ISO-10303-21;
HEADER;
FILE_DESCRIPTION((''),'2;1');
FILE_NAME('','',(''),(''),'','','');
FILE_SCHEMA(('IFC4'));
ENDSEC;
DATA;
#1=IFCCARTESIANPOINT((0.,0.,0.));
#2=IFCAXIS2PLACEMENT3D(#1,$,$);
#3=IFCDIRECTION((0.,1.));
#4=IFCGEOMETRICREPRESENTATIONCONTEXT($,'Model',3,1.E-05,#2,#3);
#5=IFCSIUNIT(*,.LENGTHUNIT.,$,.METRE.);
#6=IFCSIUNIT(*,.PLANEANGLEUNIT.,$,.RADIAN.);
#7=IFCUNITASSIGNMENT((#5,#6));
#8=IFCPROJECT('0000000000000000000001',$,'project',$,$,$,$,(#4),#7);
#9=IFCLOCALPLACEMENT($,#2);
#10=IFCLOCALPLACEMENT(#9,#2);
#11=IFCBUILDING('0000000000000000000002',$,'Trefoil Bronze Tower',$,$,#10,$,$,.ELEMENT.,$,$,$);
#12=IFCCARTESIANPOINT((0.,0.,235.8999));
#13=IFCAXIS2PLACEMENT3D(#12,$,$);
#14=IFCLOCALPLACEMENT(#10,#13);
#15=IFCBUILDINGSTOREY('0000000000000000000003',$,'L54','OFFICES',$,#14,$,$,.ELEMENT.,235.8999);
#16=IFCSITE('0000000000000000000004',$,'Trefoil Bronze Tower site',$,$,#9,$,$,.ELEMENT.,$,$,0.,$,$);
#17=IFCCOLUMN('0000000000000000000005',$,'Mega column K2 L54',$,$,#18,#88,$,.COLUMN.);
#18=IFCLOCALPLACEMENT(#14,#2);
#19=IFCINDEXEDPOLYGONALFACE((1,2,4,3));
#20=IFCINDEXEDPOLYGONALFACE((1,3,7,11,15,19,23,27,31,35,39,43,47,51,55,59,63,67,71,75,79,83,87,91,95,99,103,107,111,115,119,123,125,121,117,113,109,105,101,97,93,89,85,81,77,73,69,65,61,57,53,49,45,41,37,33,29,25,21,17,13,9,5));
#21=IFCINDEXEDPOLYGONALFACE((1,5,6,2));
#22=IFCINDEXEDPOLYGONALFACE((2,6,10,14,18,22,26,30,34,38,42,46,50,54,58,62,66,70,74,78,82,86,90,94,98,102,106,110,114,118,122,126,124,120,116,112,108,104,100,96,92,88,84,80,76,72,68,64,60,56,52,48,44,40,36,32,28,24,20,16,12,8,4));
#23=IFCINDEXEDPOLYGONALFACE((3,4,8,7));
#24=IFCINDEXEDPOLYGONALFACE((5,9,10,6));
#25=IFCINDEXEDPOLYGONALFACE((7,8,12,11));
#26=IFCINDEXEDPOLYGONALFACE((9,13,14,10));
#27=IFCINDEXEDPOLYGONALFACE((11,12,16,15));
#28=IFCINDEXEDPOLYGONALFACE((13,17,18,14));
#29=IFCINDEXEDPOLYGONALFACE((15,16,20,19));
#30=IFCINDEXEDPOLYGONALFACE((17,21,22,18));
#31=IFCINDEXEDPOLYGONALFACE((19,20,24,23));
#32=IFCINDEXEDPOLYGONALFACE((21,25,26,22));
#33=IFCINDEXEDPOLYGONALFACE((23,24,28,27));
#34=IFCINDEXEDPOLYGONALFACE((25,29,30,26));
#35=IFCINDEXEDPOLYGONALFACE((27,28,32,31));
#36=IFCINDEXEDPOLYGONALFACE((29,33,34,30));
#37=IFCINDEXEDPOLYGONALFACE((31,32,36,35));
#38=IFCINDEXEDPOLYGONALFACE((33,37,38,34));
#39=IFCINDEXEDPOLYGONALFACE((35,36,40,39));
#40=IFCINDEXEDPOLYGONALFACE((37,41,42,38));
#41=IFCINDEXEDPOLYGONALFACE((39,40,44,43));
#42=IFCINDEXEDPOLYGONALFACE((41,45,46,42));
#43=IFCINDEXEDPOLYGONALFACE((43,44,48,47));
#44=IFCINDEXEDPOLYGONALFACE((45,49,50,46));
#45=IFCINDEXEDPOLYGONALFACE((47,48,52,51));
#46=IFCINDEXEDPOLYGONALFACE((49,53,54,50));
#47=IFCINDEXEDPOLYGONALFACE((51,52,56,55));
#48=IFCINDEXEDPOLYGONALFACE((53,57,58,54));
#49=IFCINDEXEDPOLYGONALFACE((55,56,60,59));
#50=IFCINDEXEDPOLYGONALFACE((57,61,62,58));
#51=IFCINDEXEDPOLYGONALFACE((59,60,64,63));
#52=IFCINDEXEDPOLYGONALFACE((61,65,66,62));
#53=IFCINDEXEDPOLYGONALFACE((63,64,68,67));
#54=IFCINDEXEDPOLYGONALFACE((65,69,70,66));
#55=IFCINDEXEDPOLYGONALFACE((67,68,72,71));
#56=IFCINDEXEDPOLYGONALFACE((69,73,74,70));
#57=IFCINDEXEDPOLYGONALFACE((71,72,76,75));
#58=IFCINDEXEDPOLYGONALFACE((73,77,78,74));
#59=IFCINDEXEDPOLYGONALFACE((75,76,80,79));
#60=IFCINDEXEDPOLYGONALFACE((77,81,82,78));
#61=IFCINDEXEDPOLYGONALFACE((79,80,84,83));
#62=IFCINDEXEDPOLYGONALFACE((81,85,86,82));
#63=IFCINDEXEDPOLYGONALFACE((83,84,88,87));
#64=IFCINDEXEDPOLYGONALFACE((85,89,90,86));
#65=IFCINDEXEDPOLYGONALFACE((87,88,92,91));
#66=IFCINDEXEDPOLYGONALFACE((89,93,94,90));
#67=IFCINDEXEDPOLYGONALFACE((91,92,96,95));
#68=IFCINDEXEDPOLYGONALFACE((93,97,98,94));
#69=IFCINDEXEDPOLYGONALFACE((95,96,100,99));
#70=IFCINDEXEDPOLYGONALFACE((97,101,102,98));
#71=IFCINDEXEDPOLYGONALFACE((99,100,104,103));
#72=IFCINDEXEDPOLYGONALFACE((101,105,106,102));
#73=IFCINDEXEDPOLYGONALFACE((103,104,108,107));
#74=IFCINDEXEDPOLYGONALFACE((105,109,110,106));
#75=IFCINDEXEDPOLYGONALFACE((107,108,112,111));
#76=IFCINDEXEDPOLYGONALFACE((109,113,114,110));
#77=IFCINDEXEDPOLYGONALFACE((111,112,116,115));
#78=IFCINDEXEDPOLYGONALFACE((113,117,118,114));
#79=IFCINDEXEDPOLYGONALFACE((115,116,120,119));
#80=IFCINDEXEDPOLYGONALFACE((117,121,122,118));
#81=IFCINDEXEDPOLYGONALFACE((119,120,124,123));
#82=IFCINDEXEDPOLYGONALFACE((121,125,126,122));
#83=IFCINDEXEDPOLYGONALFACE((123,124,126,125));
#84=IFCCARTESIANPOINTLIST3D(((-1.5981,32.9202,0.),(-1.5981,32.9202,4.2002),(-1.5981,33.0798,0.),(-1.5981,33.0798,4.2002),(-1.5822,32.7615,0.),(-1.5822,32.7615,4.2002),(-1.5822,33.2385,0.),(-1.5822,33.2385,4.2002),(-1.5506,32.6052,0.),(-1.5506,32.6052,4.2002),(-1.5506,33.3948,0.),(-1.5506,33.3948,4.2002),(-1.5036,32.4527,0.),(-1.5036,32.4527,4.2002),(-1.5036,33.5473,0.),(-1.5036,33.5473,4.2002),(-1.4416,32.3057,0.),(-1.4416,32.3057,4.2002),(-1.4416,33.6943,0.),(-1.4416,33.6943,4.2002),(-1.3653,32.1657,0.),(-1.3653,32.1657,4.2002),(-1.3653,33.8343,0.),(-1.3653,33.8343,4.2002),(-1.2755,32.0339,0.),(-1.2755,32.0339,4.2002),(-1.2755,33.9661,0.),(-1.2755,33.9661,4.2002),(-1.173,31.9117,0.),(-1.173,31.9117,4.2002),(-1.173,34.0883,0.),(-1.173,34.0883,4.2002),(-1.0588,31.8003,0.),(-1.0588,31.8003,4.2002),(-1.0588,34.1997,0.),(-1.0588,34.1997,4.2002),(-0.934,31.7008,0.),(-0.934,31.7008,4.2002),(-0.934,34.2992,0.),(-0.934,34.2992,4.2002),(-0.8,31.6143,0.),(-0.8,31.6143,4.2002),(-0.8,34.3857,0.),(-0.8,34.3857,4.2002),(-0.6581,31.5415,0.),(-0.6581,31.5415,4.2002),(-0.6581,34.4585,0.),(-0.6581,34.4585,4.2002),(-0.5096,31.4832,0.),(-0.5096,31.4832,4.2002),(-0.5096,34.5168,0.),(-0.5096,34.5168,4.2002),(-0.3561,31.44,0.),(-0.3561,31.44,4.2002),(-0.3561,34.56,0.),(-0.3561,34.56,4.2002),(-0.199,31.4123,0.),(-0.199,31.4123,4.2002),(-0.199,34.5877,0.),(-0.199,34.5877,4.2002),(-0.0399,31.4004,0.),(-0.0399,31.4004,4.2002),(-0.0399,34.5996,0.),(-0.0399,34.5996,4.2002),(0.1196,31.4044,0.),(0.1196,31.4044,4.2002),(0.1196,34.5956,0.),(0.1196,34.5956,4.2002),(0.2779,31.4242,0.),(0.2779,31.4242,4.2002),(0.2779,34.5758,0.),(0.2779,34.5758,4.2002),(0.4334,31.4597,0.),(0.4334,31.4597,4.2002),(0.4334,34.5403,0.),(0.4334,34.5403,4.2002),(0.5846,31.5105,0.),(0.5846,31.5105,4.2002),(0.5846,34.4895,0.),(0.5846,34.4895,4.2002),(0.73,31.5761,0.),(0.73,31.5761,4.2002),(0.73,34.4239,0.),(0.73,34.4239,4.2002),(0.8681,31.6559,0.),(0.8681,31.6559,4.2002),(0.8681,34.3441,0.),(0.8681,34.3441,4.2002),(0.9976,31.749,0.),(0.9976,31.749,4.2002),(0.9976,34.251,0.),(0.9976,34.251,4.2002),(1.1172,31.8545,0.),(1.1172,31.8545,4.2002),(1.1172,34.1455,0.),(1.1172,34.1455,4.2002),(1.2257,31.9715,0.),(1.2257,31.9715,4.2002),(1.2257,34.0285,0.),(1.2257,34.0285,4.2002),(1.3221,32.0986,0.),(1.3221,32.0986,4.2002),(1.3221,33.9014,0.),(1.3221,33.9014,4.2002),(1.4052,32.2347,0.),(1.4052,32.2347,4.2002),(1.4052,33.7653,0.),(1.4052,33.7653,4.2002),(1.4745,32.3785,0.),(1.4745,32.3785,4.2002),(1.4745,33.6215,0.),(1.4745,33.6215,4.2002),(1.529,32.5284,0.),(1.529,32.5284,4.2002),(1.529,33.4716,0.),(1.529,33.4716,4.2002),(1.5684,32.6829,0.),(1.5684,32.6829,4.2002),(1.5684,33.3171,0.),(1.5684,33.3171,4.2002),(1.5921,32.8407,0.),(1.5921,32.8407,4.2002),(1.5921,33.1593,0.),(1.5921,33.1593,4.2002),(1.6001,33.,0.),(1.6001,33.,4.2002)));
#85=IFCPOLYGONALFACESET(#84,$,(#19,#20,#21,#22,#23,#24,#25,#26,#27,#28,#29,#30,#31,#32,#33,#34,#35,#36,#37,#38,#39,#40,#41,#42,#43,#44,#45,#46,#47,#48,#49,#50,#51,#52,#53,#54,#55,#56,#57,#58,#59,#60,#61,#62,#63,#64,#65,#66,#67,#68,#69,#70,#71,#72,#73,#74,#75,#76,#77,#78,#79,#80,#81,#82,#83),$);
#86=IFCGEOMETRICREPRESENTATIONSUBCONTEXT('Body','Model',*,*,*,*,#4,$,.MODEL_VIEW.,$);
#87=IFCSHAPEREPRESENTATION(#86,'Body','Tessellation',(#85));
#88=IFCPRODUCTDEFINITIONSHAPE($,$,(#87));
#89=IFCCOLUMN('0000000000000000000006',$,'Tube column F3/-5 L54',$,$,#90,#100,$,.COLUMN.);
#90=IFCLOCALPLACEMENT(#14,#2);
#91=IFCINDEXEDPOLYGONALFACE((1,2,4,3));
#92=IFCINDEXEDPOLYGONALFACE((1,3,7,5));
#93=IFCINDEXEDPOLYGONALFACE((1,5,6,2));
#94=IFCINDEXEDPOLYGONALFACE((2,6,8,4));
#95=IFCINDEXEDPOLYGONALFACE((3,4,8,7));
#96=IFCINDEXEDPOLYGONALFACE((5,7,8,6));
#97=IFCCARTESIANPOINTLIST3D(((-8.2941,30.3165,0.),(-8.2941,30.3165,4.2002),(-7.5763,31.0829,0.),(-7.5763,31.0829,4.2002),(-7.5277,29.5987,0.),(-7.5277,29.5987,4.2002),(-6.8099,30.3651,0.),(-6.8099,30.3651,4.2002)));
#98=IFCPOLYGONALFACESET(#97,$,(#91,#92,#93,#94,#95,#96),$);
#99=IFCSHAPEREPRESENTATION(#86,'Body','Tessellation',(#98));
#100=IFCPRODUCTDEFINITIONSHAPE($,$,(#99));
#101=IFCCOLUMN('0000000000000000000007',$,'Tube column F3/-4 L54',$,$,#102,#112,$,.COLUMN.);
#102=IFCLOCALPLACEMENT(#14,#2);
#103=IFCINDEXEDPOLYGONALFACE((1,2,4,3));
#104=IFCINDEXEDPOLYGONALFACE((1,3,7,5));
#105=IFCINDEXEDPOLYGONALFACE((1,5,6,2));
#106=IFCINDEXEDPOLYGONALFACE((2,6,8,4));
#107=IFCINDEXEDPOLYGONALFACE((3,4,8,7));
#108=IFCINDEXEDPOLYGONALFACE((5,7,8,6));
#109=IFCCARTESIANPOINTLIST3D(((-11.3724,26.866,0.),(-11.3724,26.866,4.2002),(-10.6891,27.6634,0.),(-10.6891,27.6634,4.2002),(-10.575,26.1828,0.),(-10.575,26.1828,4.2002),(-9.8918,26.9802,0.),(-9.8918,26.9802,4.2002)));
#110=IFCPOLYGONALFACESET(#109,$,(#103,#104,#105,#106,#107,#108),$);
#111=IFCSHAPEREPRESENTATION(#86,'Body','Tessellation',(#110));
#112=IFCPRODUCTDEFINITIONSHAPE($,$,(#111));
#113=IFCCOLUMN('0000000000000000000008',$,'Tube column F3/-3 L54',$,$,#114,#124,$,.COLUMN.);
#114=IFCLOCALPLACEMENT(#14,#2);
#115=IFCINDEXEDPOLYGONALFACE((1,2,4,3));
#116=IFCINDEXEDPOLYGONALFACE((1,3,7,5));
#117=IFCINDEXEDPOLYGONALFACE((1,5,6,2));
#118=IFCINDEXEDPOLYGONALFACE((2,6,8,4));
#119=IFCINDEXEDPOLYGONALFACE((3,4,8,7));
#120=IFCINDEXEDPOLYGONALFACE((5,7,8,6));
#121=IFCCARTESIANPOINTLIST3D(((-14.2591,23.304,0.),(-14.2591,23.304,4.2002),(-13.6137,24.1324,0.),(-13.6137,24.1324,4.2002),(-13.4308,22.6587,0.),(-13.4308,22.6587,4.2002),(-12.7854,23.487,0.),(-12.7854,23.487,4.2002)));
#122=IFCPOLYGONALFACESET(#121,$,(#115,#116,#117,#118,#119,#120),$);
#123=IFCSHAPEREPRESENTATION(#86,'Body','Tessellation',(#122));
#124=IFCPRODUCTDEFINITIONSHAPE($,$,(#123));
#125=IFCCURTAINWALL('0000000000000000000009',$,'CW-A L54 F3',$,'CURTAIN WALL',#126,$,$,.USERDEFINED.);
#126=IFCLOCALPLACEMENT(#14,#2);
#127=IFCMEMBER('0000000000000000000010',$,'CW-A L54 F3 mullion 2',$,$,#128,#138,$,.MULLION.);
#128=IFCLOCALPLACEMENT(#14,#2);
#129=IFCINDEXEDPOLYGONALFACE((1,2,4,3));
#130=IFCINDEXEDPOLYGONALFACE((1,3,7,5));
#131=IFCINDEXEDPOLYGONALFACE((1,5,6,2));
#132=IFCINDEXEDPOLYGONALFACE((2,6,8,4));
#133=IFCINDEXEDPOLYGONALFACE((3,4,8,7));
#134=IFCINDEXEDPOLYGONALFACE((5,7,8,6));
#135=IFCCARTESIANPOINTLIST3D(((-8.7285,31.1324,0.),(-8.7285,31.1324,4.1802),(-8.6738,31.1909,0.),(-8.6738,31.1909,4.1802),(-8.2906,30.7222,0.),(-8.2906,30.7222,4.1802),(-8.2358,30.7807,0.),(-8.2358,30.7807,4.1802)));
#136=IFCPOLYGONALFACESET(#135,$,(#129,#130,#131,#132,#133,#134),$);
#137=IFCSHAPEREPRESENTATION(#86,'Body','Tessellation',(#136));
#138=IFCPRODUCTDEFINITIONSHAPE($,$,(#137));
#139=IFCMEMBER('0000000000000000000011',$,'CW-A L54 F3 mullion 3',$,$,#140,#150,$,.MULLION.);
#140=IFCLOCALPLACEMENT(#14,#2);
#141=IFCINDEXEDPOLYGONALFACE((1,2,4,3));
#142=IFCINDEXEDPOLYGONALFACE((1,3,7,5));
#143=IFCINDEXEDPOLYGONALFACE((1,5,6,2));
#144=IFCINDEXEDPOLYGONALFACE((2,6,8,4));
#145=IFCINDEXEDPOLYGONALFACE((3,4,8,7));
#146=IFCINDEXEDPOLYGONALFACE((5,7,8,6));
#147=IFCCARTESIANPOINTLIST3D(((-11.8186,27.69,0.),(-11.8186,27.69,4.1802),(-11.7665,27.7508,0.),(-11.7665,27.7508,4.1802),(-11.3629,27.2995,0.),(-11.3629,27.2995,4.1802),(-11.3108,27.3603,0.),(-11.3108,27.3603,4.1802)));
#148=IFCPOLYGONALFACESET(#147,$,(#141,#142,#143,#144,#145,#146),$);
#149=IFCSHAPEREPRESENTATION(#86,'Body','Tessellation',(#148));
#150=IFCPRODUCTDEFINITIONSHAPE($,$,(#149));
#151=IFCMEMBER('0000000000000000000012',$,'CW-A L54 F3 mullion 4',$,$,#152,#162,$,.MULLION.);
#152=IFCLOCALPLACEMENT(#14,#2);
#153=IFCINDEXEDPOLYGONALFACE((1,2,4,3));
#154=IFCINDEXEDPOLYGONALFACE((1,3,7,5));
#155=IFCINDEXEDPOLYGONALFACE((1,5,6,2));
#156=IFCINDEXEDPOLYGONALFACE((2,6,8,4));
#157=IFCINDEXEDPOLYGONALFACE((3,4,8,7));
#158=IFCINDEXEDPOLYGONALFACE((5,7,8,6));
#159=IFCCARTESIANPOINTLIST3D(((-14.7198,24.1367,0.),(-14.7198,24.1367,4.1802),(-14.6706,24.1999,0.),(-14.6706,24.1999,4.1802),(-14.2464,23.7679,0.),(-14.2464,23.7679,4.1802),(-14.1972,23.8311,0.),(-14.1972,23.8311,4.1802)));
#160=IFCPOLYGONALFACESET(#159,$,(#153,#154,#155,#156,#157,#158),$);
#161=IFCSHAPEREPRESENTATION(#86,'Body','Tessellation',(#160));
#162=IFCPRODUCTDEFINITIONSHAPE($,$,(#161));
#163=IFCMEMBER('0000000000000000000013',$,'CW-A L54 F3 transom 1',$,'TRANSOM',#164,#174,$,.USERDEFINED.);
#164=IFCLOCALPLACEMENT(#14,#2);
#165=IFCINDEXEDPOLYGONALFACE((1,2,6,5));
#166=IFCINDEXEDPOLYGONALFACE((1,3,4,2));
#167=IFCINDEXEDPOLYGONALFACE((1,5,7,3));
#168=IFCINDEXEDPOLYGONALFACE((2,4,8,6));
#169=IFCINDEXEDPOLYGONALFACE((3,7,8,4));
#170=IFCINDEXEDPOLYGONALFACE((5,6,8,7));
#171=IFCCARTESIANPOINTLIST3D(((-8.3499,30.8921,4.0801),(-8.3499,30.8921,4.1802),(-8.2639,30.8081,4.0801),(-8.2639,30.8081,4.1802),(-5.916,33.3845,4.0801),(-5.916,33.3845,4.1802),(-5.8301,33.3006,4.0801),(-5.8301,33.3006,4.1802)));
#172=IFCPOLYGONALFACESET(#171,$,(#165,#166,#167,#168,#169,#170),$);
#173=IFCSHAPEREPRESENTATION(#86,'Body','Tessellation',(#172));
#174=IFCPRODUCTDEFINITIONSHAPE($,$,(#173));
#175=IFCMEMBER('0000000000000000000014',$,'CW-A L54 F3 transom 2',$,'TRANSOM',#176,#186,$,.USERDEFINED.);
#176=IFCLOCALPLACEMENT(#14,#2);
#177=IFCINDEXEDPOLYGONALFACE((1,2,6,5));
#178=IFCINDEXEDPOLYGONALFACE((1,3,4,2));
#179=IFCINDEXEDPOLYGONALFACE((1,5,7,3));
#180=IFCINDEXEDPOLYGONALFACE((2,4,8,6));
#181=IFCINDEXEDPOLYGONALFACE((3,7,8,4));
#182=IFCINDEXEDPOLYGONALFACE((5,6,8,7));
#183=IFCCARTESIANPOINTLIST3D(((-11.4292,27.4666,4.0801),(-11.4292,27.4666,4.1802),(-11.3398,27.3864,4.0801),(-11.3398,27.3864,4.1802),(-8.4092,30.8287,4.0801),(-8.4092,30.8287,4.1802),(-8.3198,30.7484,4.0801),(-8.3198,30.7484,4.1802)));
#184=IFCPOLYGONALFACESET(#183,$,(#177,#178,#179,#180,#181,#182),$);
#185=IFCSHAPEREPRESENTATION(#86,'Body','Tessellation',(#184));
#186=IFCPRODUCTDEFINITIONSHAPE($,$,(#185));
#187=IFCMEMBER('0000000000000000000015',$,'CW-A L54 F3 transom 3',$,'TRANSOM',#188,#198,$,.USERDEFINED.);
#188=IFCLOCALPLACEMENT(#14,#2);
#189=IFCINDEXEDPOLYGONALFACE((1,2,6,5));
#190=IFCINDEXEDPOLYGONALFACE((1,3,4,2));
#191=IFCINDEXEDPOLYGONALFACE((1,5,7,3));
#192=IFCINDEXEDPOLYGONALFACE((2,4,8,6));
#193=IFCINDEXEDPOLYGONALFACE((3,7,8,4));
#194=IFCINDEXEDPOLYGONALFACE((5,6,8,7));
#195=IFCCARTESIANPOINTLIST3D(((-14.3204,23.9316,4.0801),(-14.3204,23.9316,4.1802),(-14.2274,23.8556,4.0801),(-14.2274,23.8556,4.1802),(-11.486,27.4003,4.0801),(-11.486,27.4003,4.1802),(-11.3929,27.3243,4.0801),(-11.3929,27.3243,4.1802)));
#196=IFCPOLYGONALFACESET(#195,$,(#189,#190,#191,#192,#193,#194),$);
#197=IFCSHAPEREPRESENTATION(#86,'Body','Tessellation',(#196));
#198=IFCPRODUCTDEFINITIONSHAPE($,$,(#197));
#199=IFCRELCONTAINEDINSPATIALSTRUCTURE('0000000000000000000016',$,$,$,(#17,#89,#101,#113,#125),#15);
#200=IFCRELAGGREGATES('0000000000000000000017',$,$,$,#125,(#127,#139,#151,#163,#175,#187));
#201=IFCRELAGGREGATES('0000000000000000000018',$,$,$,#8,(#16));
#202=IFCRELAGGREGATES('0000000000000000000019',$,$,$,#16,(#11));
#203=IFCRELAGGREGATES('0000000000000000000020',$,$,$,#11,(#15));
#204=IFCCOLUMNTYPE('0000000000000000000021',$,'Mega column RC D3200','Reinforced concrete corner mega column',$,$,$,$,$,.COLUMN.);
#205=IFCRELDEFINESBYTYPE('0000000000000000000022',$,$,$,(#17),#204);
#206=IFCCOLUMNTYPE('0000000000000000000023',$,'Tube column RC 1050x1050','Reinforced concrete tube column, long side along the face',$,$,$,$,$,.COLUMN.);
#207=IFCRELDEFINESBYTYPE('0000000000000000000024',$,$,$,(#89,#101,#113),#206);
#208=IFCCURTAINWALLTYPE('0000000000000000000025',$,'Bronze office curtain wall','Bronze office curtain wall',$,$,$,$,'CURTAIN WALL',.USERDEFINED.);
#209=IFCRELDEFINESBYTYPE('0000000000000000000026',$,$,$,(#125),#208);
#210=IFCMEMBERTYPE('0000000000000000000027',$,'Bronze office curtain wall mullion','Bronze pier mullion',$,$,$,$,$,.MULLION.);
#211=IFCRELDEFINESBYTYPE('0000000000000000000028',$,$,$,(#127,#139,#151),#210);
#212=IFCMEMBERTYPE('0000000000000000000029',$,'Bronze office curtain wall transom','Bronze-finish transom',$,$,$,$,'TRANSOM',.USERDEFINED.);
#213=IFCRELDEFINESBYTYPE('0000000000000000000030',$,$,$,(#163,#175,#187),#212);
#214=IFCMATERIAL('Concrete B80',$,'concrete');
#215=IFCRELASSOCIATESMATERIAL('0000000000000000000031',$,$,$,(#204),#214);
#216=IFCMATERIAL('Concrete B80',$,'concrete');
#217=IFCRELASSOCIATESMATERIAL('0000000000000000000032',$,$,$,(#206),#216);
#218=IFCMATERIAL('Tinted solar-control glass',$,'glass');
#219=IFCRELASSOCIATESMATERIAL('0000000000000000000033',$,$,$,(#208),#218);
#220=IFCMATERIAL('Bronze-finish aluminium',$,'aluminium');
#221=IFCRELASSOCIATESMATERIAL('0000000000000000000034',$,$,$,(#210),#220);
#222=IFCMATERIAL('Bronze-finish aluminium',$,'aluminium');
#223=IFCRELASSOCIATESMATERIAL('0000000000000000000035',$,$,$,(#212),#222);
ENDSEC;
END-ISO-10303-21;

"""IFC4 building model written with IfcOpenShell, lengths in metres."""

from ifc_helpers import new_model, si_unit, direction, frame, origin, origin_2d, place, context, subcontext, project, spatial, rectangle, circle, extrude, material, material_profile, profile_set, type_object, element, aggregate, save


model = new_model("IFC4")

# Units and contexts
model_context = context("Model", 3, precision=1e-05, world=origin(), true_north=direction((0.0, 1.0)))
body_context = subcontext(model_context, "Body", "Model", "MODEL_VIEW")
ifc_project = project(units=[si_unit("LENGTHUNIT", "METRE"), si_unit("PLANEANGLEUNIT", "RADIAN")], contexts=[model_context])

# Site, building, storey
site_placement = place(None, origin())
site = spatial("IfcSite", under=ifc_project, at=site_placement, Name="Trefoil Bronze Tower site", CompositionType="ELEMENT", RefElevation=0.0)
building_placement = place(site_placement, origin())
building = spatial("IfcBuilding", under=site, at=building_placement, Name="Trefoil Bronze Tower", CompositionType="ELEMENT")
storey_placement = place(building_placement, frame((0.0, 0.0, 235.8999)))
storey = spatial("IfcBuildingStorey", under=building, at=storey_placement, Name="L54", Description="OFFICES", CompositionType="ELEMENT", Elevation=235.8999)

# Columns
ifc_material_1 = material(Name="Concrete B80", Category="concrete")
ifc_material_profile_1 = material_profile(ifc_material_1, circle(Radius=1.6001, at=origin_2d()), Name="RC D3200")
ifc_profile_set_1 = profile_set([ifc_material_profile_1], Name="Concrete B80")
column_type_1 = type_object("IfcColumnType", Name="Mega column RC D3200", Description="Reinforced concrete corner mega column", PredefinedType="COLUMN", material=ifc_profile_set_1)
column_placement = place(storey_placement, frame((0.0, 33.0, 0.0), z_axis=(0.0, 0.0, 1.0), x_axis=(1.0, 0.0, 0.0)))
element("IfcColumn", 1, at=column_placement, inside=storey, type_object=column_type_1, Name="Mega column K2 L54", PredefinedType="COLUMN", context=body_context, shape_type="SweptSolid", body=[
    extrude(circle(Radius=1.6001, at=origin_2d()), origin(), (0.0, 0.0, 1.0), 4.2002),
])
ifc_material_2 = material(Name="Concrete B80", Category="concrete")
ifc_material_profile_2 = material_profile(ifc_material_2, rectangle(XDim=1.05, YDim=1.05, at=origin_2d()), Name="RC 1050x1050")
ifc_profile_set_2 = profile_set([ifc_material_profile_2], Name="Concrete B80")
column_type_2 = type_object("IfcColumnType", Name="Tube column RC 1050x1050", Description="Reinforced concrete tube column, long side along the face", PredefinedType="COLUMN", material=ifc_profile_set_2)
for number, where, z_axis, x_axis, name in (
    (2, (-7.552, 30.3408, 0.0), (0.0, 0.0, 1.0), (-0.683597, -0.72986, 0.0), "Tube column F3/-5 L54"),
    (3, (-10.6321, 26.9231, 0.0), (0.0, 0.0, 1.0), (-0.650677, -0.759355, 0.0), "Tube column F3/-4 L54"),
    (4, (-13.5222, 23.3955, 0.0), (0.0, 0.0, 1.0), (-0.614622, -0.788821, 0.0), "Tube column F3/-3 L54"),
):
    element("IfcColumn", number, at=place(storey_placement, frame(where, z_axis=z_axis, x_axis=x_axis)), inside=storey, type_object=column_type_2, Name=name, PredefinedType="COLUMN", context=body_context, shape_type="SweptSolid", body=[
        extrude(rectangle(XDim=1.05, YDim=1.05, at=origin_2d()), origin(), (0.0, 0.0, 1.0), 4.2002),
    ])

# Curtain wall, members
ifc_material_3 = material(Name="Tinted solar-control glass", Category="glass")
curtain_wall_type_1 = type_object("IfcCurtainWallType", Name="Bronze office curtain wall", Description="Bronze office curtain wall", ElementType="CURTAIN WALL", PredefinedType="USERDEFINED", material=ifc_material_3)
curtain_wall_1_placement = place(storey_placement, origin())
curtain_wall_1 = element("IfcCurtainWall", 5, at=curtain_wall_1_placement, inside=storey, type_object=curtain_wall_type_1, Name="CW-A L54 F3", ObjectType="CURTAIN WALL", PredefinedType="USERDEFINED")
ifc_material_4 = material(Name="Bronze-finish aluminium", Category="aluminium")
ifc_material_profile_3 = material_profile(ifc_material_4, rectangle(XDim=0.6001, YDim=0.0801, at=origin_2d()), Name="CW-A mullion")
ifc_profile_set_3 = profile_set([ifc_material_profile_3], Name="Bronze-finish aluminium")
member_type_1 = type_object("IfcMemberType", Name="Bronze office curtain wall mullion", Description="Bronze pier mullion", PredefinedType="MULLION", material=ifc_profile_set_3)
member_1_placement = place(storey_placement, frame((-8.4822, 30.9565, 0.0), z_axis=(0.0, 0.0, 1.0), x_axis=(0.72986, -0.683597, 0.0)))
member_1 = element("IfcMember", 6, at=member_1_placement, type_object=member_type_1, Name="CW-A L54 F3 mullion 2", PredefinedType="MULLION", context=body_context, shape_type="SweptSolid", body=[
    extrude(rectangle(XDim=0.6001, YDim=0.0801, at=origin_2d()), origin(), (0.0, 0.0, 1.0), 4.1802),
])
member_2_placement = place(storey_placement, frame((-11.5647, 27.5251, 0.0), z_axis=(0.0, 0.0, 1.0), x_axis=(0.759355, -0.650677, 0.0)))
member_2 = element("IfcMember", 7, at=member_2_placement, type_object=member_type_1, Name="CW-A L54 F3 mullion 3", PredefinedType="MULLION", context=body_context, shape_type="SweptSolid", body=[
    extrude(rectangle(XDim=0.6001, YDim=0.0801, at=origin_2d()), origin(), (0.0, 0.0, 1.0), 4.1802),
])
member_3_placement = place(storey_placement, frame((-14.4585, 23.9839, 0.0), z_axis=(0.0, 0.0, 1.0), x_axis=(0.788821, -0.614622, 0.0)))
member_3 = element("IfcMember", 8, at=member_3_placement, type_object=member_type_1, Name="CW-A L54 F3 mullion 4", PredefinedType="MULLION", context=body_context, shape_type="SweptSolid", body=[
    extrude(rectangle(XDim=0.6001, YDim=0.0801, at=origin_2d()), origin(), (0.0, 0.0, 1.0), 4.1802),
])
ifc_material_5 = material(Name="Bronze-finish aluminium", Category="aluminium")
ifc_material_profile_4 = material_profile(ifc_material_5, rectangle(XDim=0.1201, YDim=0.1001, at=origin_2d()), Name="CW-A transom")
ifc_profile_set_4 = profile_set([ifc_material_profile_4], Name="Bronze-finish aluminium")
member_type_2 = type_object("IfcMemberType", Name="Bronze office curtain wall transom", Description="Bronze-finish transom", ElementType="TRANSOM", PredefinedType="USERDEFINED", material=ifc_profile_set_4)
member_4_placement = place(storey_placement, frame((-5.873, 33.3425, 4.1301), z_axis=(-0.698647, -0.715467, 0.0), x_axis=(0.715467, -0.698647, 0.0)))
member_4 = element("IfcMember", 9, at=member_4_placement, type_object=member_type_2, Name="CW-A L54 F3 transom 1", ObjectType="TRANSOM", PredefinedType="USERDEFINED", context=body_context, shape_type="SweptSolid", body=[
    extrude(rectangle(XDim=0.1201, YDim=0.1001, at=origin_2d()), origin(), (0.0, 0.0, 1.0), 3.4836),
])
member_5_placement = place(storey_placement, frame((-8.3645, 30.7886, 4.1301), z_axis=(-0.668251, -0.743936, 0.0), x_axis=(0.743936, -0.668251, 0.0)))
member_5 = element("IfcMember", 10, at=member_5_placement, type_object=member_type_2, Name="CW-A L54 F3 transom 2", ObjectType="TRANSOM", PredefinedType="USERDEFINED", context=body_context, shape_type="SweptSolid", body=[
    extrude(rectangle(XDim=0.1201, YDim=0.1001, at=origin_2d()), origin(), (0.0, 0.0, 1.0), 4.5193),
])
member_6_placement = place(storey_placement, frame((-11.4395, 27.3623, 4.1301), z_axis=(-0.632757, -0.774351, 0.0), x_axis=(0.774351, -0.632757, 0.0)))
member_6 = element("IfcMember", 11, at=member_6_placement, type_object=member_type_2, Name="CW-A L54 F3 transom 3", ObjectType="TRANSOM", PredefinedType="USERDEFINED", context=body_context, shape_type="SweptSolid", body=[
    extrude(rectangle(XDim=0.1201, YDim=0.1001, at=origin_2d()), origin(), (0.0, 0.0, 1.0), 4.4795),
])

aggregate(curtain_wall_1, [member_1, member_2, member_3, member_4, member_5, member_6])

save(model, "model.ifc")
